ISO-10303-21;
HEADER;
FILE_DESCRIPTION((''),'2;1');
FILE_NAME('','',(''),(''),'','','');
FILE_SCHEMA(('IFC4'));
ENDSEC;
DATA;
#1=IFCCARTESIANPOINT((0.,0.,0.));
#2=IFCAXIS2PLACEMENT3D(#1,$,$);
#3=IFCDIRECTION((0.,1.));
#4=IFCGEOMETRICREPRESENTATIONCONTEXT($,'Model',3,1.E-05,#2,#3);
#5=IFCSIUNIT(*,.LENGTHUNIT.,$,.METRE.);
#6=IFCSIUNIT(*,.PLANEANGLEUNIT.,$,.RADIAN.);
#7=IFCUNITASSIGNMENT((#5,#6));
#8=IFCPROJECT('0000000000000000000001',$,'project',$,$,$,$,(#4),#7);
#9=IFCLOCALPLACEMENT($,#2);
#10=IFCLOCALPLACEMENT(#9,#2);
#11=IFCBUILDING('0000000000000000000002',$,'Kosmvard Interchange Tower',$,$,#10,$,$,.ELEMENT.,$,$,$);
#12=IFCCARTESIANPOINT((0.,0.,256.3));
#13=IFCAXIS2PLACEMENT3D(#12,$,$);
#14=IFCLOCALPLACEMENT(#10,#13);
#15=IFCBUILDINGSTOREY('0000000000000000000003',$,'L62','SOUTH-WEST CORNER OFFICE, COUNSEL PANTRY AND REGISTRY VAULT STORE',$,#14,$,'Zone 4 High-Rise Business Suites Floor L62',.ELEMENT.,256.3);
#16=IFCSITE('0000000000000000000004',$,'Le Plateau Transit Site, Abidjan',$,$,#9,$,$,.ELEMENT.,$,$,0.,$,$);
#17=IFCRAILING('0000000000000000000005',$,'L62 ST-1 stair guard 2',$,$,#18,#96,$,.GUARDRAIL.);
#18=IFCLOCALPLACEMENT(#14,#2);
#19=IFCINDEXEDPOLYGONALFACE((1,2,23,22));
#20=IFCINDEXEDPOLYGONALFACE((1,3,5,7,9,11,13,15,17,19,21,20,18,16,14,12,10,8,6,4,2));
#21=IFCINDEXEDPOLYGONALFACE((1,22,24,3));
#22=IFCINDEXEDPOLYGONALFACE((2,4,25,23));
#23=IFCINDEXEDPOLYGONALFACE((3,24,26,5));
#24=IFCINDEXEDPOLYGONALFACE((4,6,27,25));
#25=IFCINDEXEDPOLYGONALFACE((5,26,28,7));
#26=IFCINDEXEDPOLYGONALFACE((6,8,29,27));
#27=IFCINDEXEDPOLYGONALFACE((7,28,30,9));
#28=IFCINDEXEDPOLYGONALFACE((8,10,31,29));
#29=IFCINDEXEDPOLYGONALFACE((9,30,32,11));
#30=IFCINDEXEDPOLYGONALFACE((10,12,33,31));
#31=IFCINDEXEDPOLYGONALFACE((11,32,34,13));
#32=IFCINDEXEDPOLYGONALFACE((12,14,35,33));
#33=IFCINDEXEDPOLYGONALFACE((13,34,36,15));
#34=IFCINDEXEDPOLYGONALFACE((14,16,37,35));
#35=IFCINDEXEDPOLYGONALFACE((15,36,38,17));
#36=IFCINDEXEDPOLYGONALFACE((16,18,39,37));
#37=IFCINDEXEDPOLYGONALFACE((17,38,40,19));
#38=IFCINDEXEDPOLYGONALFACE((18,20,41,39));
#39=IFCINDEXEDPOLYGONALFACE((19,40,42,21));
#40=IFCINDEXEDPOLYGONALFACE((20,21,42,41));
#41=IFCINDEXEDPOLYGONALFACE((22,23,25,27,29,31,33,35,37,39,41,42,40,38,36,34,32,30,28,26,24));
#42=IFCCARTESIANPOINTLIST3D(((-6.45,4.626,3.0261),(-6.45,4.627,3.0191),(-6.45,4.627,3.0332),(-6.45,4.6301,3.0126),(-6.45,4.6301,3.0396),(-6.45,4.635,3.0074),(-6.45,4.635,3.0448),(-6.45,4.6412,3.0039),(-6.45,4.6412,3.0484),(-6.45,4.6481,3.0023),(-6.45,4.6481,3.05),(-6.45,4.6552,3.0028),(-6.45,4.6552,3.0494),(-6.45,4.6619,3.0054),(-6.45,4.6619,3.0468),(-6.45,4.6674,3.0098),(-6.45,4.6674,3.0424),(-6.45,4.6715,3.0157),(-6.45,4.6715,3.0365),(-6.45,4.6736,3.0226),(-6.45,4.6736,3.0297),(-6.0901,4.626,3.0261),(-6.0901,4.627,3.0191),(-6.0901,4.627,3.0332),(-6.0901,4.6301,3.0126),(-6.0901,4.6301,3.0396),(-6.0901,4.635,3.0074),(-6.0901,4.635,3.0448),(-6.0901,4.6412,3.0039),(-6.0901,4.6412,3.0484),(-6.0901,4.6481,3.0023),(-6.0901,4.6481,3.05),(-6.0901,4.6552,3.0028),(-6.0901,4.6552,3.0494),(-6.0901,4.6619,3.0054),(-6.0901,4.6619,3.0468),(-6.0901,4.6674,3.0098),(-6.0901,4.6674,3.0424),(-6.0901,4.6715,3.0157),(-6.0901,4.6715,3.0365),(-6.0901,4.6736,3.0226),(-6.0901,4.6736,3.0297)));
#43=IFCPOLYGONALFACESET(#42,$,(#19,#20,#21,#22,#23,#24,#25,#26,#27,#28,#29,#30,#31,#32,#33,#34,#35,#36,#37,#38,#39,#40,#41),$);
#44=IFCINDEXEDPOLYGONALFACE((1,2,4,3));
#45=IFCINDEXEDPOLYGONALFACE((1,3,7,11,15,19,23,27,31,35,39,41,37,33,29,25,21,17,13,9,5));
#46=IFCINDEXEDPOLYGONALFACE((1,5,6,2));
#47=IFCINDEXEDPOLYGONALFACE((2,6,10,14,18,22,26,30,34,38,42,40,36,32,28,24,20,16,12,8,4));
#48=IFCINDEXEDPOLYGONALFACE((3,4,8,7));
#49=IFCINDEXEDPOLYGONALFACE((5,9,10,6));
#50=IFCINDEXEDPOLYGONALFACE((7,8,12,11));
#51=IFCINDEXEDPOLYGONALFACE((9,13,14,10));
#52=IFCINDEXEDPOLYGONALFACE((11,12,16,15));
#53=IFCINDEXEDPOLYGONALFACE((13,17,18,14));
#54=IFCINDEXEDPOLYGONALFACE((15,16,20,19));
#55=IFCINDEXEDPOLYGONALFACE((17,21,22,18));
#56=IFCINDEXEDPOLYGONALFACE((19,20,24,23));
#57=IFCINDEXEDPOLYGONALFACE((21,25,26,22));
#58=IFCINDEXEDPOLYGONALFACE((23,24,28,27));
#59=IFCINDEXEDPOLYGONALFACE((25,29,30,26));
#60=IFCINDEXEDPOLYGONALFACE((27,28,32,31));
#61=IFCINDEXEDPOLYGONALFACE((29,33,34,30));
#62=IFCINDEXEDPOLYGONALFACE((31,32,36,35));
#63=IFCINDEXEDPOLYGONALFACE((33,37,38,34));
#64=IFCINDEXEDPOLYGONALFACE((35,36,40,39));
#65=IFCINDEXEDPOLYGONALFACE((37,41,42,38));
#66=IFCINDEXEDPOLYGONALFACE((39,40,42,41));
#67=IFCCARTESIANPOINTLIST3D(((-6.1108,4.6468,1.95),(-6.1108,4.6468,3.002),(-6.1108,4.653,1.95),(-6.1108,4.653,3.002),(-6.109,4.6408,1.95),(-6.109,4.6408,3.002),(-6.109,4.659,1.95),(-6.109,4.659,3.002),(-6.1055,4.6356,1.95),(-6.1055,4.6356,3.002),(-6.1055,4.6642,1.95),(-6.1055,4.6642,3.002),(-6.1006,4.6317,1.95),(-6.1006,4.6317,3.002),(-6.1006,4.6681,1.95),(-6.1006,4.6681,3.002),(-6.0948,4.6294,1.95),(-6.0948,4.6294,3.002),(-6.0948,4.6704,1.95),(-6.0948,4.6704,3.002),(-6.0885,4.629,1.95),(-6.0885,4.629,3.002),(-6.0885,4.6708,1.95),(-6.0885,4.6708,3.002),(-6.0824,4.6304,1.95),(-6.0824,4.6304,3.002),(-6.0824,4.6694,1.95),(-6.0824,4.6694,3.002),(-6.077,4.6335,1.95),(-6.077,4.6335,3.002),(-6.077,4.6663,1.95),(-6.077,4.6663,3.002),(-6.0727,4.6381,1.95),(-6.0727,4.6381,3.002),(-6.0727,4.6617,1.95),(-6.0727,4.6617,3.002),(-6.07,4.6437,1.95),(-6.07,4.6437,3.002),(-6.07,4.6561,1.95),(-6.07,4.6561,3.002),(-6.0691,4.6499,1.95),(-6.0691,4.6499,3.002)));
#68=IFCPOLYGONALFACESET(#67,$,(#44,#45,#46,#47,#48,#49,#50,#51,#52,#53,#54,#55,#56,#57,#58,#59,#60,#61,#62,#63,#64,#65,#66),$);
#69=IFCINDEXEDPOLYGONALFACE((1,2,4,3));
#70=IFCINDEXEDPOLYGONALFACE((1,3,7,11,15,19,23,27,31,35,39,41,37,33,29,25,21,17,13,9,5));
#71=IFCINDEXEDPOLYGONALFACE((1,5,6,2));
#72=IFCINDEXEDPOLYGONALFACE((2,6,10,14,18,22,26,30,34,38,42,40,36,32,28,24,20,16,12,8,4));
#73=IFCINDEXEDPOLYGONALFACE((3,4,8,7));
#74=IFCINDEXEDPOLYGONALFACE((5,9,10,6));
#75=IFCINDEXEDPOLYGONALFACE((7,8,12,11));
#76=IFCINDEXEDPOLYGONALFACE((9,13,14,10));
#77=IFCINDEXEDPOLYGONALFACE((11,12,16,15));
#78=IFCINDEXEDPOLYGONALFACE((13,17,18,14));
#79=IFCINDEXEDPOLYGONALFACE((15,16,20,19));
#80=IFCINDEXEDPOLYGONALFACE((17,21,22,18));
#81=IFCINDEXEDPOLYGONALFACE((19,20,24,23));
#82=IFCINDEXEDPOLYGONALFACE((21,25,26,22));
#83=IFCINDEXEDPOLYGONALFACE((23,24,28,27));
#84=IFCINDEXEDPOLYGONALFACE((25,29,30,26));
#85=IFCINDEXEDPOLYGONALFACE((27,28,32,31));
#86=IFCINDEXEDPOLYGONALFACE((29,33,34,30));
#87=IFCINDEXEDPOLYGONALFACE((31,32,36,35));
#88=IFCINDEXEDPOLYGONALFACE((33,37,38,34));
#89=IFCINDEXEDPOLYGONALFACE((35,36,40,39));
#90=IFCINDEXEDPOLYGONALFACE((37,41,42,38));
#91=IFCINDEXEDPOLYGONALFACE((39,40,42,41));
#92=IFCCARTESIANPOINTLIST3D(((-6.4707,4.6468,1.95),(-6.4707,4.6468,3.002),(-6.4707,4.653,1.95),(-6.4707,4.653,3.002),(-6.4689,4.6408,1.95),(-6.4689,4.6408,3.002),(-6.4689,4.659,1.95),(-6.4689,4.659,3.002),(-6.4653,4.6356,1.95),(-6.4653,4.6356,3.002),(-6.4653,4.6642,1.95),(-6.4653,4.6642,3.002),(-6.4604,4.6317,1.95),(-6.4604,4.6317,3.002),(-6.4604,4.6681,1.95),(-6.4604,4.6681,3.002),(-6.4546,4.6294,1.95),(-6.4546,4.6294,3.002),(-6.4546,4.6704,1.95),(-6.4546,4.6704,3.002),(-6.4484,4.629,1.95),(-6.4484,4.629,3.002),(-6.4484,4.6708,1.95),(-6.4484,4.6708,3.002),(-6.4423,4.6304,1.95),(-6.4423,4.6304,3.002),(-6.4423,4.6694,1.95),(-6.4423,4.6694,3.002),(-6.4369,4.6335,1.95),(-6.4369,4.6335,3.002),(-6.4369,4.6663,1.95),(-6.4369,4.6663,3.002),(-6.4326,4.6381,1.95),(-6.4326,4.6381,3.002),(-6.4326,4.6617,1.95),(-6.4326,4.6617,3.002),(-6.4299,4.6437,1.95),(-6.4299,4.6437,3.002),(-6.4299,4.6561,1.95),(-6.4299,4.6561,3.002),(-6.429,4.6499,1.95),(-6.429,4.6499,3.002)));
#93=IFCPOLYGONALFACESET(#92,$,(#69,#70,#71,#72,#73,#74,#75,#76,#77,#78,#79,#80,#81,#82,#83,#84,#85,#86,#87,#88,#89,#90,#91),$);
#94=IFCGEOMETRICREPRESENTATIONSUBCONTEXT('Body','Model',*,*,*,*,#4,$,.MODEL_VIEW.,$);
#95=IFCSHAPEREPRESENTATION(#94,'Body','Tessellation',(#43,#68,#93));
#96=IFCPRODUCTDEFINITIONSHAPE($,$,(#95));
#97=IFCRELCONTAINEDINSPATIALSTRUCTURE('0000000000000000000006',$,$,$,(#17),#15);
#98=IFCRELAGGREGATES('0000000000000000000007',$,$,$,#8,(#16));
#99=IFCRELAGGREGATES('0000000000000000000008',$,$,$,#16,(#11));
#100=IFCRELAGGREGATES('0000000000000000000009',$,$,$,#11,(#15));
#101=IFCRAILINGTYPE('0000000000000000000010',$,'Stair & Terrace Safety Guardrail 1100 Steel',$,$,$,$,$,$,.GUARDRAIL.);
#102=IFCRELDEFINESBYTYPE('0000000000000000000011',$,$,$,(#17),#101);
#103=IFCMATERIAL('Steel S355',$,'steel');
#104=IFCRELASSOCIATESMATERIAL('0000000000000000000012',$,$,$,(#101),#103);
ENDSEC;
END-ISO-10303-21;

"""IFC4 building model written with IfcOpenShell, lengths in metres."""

from ifc_helpers import new_model, si_unit, direction, frame, origin, origin_2d, place, context, subcontext, project, spatial, circle, extrude, source, transform, mapped, material, type_object, element, save


model = new_model("IFC4")

# Units and contexts
model_context = context("Model", 3, precision=1e-05, world=origin(), true_north=direction((0.0, 1.0)))
body_context = subcontext(model_context, "Body", "Model", "MODEL_VIEW")
ifc_project = project(units=[si_unit("LENGTHUNIT", "METRE"), si_unit("PLANEANGLEUNIT", "RADIAN")], contexts=[model_context])

# Site, building, storey
site_placement = place(None, origin())
site = spatial("IfcSite", under=ifc_project, at=site_placement, Name="Le Plateau Transit Site, Abidjan", CompositionType="ELEMENT", RefElevation=0.0)
building_placement = place(site_placement, origin())
building = spatial("IfcBuilding", under=site, at=building_placement, Name="Kosmvard Interchange Tower", CompositionType="ELEMENT")
storey_placement = place(building_placement, frame((0.0, 0.0, 256.3)))
storey = spatial("IfcBuildingStorey", under=building, at=storey_placement, Name="L62", Description="SOUTH-WEST CORNER OFFICE, COUNSEL PANTRY AND REGISTRY VAULT STORE", LongName="Zone 4 High-Rise Business Suites Floor L62", CompositionType="ELEMENT", Elevation=256.3)

# Shared definitions
ifc_material_1 = material(Name="Steel S355", Category="steel")

# Railing
railing_type = type_object("IfcRailingType", Name="Stair & Terrace Safety Guardrail 1100 Steel", PredefinedType="GUARDRAIL", material=ifc_material_1)
shared_shape_1 = source(origin(), body_context, "Body", "SweptSolid", [
    extrude(circle(Radius=0.0239, at=origin_2d()), frame((0.0, 0.0, 1.0762), z_axis=(-1.0, 0.0, 0.0), x_axis=(0.0, -1.0, 0.0)), (0.0, 0.0, 1.0), 0.3599),
    extrude(circle(Radius=0.021, at=origin_2d()), origin(), (0.0, 0.0, 1.0), 1.052),
    extrude(circle(Radius=0.021, at=origin_2d()), frame((-0.3599, 0.0, 0.0)), (0.0, 0.0, 1.0), 1.052),
])
railing_placement = place(storey_placement, frame((-6.0901, 4.6499, 1.95)))
element("IfcRailing", 1, at=railing_placement, inside=storey, type_object=railing_type, Name="L62 ST-1 stair guard 2", PredefinedType="GUARDRAIL", context=body_context, shape_type="MappedRepresentation", body=[
    mapped(shared_shape_1, transform((0.0, 0.0, 0.0), scale=1.0)),
])

save(model, "model.ifc")
